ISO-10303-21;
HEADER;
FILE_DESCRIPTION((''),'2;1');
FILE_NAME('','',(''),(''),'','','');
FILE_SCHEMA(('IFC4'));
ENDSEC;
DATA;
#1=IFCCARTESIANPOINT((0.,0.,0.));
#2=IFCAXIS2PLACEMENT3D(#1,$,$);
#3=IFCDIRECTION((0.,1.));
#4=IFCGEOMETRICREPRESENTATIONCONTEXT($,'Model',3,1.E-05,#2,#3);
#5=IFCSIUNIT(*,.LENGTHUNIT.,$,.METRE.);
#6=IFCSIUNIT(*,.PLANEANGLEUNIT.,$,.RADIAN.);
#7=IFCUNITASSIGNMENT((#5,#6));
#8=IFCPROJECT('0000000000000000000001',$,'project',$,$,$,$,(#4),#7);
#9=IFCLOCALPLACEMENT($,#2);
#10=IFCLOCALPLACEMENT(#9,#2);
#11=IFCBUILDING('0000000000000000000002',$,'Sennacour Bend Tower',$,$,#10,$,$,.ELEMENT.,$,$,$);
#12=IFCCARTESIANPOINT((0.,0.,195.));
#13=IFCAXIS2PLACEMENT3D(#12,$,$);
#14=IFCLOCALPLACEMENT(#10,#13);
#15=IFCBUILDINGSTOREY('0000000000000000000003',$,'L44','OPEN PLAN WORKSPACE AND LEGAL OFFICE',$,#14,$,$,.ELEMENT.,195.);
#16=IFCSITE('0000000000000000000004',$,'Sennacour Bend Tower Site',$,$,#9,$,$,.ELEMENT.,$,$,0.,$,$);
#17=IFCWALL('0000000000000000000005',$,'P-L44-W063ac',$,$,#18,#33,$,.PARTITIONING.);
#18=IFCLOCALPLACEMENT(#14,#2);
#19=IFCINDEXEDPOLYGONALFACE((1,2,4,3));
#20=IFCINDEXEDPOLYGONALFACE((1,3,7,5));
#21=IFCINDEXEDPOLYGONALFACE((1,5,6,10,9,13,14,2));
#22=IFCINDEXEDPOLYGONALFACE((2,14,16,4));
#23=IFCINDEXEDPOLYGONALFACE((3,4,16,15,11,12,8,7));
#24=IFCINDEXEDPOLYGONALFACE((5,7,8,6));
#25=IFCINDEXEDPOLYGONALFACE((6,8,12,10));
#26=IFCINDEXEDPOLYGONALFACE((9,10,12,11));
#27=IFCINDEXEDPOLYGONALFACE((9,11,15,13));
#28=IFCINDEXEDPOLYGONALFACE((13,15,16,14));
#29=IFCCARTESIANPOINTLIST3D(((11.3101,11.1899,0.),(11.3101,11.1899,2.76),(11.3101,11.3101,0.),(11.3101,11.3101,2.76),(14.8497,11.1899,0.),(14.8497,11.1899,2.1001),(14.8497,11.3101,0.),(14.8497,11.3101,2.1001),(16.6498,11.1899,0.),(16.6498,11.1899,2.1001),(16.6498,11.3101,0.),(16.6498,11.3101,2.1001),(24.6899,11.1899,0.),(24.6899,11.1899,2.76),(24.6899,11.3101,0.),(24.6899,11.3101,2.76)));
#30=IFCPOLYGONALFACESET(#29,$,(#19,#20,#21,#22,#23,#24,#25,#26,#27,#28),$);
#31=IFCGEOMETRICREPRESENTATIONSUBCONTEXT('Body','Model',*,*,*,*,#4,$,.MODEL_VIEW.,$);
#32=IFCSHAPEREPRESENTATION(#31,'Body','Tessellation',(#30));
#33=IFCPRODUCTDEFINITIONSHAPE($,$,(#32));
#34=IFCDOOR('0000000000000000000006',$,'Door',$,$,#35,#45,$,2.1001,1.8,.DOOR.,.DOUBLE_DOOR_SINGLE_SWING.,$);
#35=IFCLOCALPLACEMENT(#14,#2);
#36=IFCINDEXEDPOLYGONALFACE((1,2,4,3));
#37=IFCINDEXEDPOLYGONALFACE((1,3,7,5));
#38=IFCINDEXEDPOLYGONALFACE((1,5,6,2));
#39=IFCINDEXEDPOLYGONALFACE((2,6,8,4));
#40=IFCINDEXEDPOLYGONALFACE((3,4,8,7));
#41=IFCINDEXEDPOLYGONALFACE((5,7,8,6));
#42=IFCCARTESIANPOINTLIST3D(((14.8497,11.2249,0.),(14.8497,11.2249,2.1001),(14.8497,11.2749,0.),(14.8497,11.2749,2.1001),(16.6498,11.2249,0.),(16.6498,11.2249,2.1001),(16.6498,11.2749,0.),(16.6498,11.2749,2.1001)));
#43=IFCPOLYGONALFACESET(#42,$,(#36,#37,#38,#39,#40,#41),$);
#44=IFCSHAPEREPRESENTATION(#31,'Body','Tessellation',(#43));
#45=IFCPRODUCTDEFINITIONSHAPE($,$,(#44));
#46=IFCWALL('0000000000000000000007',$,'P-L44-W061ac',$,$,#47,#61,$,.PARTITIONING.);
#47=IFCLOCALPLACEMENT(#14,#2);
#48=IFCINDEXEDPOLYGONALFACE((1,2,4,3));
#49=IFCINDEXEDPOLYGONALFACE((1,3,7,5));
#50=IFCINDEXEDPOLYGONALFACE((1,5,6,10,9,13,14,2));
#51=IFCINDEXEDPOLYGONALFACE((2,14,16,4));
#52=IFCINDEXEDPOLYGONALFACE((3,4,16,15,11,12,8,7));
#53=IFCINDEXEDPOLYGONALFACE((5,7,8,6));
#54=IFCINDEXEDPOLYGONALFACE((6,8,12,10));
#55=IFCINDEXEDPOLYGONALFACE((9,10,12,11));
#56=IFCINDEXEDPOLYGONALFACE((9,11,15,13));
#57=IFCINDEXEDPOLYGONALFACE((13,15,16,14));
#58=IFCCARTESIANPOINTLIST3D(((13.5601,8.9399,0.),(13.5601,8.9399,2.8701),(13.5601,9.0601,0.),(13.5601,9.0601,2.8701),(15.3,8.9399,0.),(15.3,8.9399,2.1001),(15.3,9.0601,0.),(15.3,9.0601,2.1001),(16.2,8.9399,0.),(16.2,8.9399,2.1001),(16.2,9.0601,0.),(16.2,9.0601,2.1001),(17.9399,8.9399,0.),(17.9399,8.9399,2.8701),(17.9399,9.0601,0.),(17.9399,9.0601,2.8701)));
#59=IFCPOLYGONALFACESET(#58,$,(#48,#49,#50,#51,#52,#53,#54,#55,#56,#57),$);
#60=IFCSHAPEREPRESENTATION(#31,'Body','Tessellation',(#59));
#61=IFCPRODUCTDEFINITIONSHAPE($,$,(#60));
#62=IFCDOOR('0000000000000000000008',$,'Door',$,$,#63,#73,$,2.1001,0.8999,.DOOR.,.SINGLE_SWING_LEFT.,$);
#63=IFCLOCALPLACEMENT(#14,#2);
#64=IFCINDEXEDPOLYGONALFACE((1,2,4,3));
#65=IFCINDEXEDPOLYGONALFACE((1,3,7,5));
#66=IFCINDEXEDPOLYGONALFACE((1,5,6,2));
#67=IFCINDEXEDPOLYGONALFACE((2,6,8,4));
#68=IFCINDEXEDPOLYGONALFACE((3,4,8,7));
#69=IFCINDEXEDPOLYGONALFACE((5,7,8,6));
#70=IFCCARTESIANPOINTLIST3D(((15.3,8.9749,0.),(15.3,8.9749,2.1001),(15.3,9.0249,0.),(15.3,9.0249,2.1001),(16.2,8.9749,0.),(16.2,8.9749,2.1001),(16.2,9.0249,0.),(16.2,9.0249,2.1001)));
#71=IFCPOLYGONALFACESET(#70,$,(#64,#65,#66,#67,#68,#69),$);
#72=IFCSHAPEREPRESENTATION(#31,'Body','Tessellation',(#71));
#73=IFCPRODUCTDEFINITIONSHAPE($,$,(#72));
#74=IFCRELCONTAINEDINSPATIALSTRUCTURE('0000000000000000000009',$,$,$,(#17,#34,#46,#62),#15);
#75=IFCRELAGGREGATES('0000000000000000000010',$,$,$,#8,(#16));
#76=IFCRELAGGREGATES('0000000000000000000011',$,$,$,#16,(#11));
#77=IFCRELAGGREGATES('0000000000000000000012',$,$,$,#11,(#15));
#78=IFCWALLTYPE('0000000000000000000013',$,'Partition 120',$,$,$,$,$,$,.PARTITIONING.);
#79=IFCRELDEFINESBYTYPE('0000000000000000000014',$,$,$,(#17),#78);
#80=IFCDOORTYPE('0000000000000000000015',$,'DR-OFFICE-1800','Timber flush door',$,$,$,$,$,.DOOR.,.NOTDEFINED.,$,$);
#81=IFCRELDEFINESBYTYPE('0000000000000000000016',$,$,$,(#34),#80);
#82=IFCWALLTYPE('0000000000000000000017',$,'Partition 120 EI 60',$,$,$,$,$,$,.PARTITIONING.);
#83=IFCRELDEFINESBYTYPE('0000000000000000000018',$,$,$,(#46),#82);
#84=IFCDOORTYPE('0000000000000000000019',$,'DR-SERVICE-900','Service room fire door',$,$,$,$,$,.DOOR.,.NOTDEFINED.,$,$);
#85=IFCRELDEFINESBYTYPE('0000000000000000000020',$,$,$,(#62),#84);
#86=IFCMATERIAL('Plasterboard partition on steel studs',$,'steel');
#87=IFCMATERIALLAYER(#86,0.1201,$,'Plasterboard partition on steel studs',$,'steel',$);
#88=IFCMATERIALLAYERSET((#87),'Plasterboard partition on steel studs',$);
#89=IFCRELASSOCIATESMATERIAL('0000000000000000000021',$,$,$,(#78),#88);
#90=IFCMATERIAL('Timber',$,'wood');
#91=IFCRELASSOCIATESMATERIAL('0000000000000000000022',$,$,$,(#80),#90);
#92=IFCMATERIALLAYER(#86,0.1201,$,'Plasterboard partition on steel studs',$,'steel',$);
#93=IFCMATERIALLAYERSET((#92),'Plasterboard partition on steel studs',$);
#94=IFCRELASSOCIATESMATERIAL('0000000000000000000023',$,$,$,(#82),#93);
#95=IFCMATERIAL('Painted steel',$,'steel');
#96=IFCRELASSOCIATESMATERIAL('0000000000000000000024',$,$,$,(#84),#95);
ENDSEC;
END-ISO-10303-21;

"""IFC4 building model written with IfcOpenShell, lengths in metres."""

from ifc_helpers import new_model, si_unit, direction, frame, frame_2d, origin, place, context, subcontext, project, spatial, rectangle, extrude, material, layer, layer_set, type_object, element, fill, save


model = new_model("IFC4")

# Units and contexts
model_context = context("Model", 3, precision=1e-05, world=origin(), true_north=direction((0.0, 1.0)))
body_context = subcontext(model_context, "Body", "Model", "MODEL_VIEW")
ifc_project = project(units=[si_unit("LENGTHUNIT", "METRE"), si_unit("PLANEANGLEUNIT", "RADIAN")], contexts=[model_context])

# Site, building, storey
site_placement = place(None, origin())
site = spatial("IfcSite", under=ifc_project, at=site_placement, Name="Sennacour Bend Tower Site", CompositionType="ELEMENT", RefElevation=0.0)
building_placement = place(site_placement, origin())
building = spatial("IfcBuilding", under=site, at=building_placement, Name="Sennacour Bend Tower", CompositionType="ELEMENT")
storey_placement = place(building_placement, frame((0.0, 0.0, 195.0)))
storey = spatial("IfcBuildingStorey", under=building, at=storey_placement, Name="L44", Description="OPEN PLAN WORKSPACE AND LEGAL OFFICE", CompositionType="ELEMENT", Elevation=195.0)

# Shared definitions
ifc_material_1 = material(Name="Plasterboard partition on steel studs", Category="steel")
ifc_layer_1 = layer(ifc_material_1, 0.1201, Name="Plasterboard partition on steel studs", Category="steel")
ifc_layer_set_1 = layer_set([ifc_layer_1], Name="Plasterboard partition on steel studs")
wall_type_1 = type_object("IfcWallType", Name="Partition 120", PredefinedType="PARTITIONING", material=ifc_layer_set_1)
ifc_material_2 = material(Name="Timber", Category="wood")

# Walls, openings, doors
wall_1_placement = place(storey_placement, frame((11.3101, 11.25, 0.0), z_axis=(0.0, 0.0, 1.0), x_axis=(1.0, 0.0, 0.0)))
wall_1 = element("IfcWall", 1, at=wall_1_placement, inside=storey, type_object=wall_type_1, Name="P-L44-W063ac", PredefinedType="PARTITIONING", context=body_context, shape_type="SweptSolid", body=[
    extrude(rectangle(XDim=13.3799, YDim=0.1201, at=frame_2d((6.6899, 0.0))), origin(), (0.0, 0.0, 1.0), 2.76),
])
opening_1_placement = place(wall_1_placement, frame((3.5398, 0.0, 0.0)))
opening_1 = element("IfcOpeningElement", 2, at=opening_1_placement, cuts=wall_1, PredefinedType="OPENING", context=body_context, shape_type="SweptSolid", body=[
    extrude(rectangle(XDim=1.8, YDim=2.1001, at=frame_2d((0.8999, 1.05))), frame((0.0, 0.0701, 0.0), z_axis=(0.0, -1.0, 0.0), x_axis=(1.0, 0.0, 0.0)), (0.0, 0.0, 1.0), 0.1401),
])
door_type_1 = type_object("IfcDoorType", Name="DR-OFFICE-1800", Description="Timber flush door", OperationType="NOTDEFINED", PredefinedType="DOOR", material=ifc_material_2)
door_1_placement = place(opening_1_placement, origin())
door_1 = element("IfcDoor", 3, at=door_1_placement, inside=storey, type_object=door_type_1, Name="Door", OperationType="DOUBLE_DOOR_SINGLE_SWING", OverallHeight=2.1001, OverallWidth=1.8, PredefinedType="DOOR", context=body_context, shape_type="SweptSolid", body=[
    extrude(rectangle(XDim=1.8, YDim=2.1001, at=frame_2d((0.8999, 1.05))), frame((0.0, 0.0249, 0.0), z_axis=(0.0, -1.0, 0.0), x_axis=(1.0, 0.0, 0.0)), (0.0, 0.0, 1.0), 0.05),
])
fill(opening_1, door_1)
ifc_layer_2 = layer(ifc_material_1, 0.1201, Name="Plasterboard partition on steel studs", Category="steel")
ifc_layer_set_2 = layer_set([ifc_layer_2], Name="Plasterboard partition on steel studs")
wall_type_2 = type_object("IfcWallType", Name="Partition 120 EI 60", PredefinedType="PARTITIONING", material=ifc_layer_set_2)
wall_2_placement = place(storey_placement, frame((13.5601, 9.0, 0.0), z_axis=(0.0, 0.0, 1.0), x_axis=(1.0, 0.0, 0.0)))
wall_2 = element("IfcWall", 4, at=wall_2_placement, inside=storey, type_object=wall_type_2, Name="P-L44-W061ac", PredefinedType="PARTITIONING", context=body_context, shape_type="SweptSolid", body=[
    extrude(rectangle(XDim=4.3799, YDim=0.1201, at=frame_2d((2.1899, 0.0))), origin(), (0.0, 0.0, 1.0), 2.8701),
])
opening_2_placement = place(wall_2_placement, frame((1.74, 0.0, 0.0)))
opening_2 = element("IfcOpeningElement", 5, at=opening_2_placement, cuts=wall_2, PredefinedType="OPENING", context=body_context, shape_type="SweptSolid", body=[
    extrude(rectangle(XDim=0.8999, YDim=2.1001, at=frame_2d((0.45, 1.05))), frame((0.0, 0.0701, 0.0), z_axis=(0.0, -1.0, 0.0), x_axis=(1.0, 0.0, 0.0)), (0.0, 0.0, 1.0), 0.1401),
])
ifc_material_3 = material(Name="Painted steel", Category="steel")
door_type_2 = type_object("IfcDoorType", Name="DR-SERVICE-900", Description="Service room fire door", OperationType="NOTDEFINED", PredefinedType="DOOR", material=ifc_material_3)
door_2_placement = place(opening_2_placement, origin())
door_2 = element("IfcDoor", 6, at=door_2_placement, inside=storey, type_object=door_type_2, Name="Door", OperationType="SINGLE_SWING_LEFT", OverallHeight=2.1001, OverallWidth=0.8999, PredefinedType="DOOR", context=body_context, shape_type="SweptSolid", body=[
    extrude(rectangle(XDim=0.8999, YDim=2.1001, at=frame_2d((0.45, 1.05))), frame((0.0, 0.0249, 0.0), z_axis=(0.0, -1.0, 0.0), x_axis=(1.0, 0.0, 0.0)), (0.0, 0.0, 1.0), 0.05),
])
fill(opening_2, door_2)

save(model, "model.ifc")
